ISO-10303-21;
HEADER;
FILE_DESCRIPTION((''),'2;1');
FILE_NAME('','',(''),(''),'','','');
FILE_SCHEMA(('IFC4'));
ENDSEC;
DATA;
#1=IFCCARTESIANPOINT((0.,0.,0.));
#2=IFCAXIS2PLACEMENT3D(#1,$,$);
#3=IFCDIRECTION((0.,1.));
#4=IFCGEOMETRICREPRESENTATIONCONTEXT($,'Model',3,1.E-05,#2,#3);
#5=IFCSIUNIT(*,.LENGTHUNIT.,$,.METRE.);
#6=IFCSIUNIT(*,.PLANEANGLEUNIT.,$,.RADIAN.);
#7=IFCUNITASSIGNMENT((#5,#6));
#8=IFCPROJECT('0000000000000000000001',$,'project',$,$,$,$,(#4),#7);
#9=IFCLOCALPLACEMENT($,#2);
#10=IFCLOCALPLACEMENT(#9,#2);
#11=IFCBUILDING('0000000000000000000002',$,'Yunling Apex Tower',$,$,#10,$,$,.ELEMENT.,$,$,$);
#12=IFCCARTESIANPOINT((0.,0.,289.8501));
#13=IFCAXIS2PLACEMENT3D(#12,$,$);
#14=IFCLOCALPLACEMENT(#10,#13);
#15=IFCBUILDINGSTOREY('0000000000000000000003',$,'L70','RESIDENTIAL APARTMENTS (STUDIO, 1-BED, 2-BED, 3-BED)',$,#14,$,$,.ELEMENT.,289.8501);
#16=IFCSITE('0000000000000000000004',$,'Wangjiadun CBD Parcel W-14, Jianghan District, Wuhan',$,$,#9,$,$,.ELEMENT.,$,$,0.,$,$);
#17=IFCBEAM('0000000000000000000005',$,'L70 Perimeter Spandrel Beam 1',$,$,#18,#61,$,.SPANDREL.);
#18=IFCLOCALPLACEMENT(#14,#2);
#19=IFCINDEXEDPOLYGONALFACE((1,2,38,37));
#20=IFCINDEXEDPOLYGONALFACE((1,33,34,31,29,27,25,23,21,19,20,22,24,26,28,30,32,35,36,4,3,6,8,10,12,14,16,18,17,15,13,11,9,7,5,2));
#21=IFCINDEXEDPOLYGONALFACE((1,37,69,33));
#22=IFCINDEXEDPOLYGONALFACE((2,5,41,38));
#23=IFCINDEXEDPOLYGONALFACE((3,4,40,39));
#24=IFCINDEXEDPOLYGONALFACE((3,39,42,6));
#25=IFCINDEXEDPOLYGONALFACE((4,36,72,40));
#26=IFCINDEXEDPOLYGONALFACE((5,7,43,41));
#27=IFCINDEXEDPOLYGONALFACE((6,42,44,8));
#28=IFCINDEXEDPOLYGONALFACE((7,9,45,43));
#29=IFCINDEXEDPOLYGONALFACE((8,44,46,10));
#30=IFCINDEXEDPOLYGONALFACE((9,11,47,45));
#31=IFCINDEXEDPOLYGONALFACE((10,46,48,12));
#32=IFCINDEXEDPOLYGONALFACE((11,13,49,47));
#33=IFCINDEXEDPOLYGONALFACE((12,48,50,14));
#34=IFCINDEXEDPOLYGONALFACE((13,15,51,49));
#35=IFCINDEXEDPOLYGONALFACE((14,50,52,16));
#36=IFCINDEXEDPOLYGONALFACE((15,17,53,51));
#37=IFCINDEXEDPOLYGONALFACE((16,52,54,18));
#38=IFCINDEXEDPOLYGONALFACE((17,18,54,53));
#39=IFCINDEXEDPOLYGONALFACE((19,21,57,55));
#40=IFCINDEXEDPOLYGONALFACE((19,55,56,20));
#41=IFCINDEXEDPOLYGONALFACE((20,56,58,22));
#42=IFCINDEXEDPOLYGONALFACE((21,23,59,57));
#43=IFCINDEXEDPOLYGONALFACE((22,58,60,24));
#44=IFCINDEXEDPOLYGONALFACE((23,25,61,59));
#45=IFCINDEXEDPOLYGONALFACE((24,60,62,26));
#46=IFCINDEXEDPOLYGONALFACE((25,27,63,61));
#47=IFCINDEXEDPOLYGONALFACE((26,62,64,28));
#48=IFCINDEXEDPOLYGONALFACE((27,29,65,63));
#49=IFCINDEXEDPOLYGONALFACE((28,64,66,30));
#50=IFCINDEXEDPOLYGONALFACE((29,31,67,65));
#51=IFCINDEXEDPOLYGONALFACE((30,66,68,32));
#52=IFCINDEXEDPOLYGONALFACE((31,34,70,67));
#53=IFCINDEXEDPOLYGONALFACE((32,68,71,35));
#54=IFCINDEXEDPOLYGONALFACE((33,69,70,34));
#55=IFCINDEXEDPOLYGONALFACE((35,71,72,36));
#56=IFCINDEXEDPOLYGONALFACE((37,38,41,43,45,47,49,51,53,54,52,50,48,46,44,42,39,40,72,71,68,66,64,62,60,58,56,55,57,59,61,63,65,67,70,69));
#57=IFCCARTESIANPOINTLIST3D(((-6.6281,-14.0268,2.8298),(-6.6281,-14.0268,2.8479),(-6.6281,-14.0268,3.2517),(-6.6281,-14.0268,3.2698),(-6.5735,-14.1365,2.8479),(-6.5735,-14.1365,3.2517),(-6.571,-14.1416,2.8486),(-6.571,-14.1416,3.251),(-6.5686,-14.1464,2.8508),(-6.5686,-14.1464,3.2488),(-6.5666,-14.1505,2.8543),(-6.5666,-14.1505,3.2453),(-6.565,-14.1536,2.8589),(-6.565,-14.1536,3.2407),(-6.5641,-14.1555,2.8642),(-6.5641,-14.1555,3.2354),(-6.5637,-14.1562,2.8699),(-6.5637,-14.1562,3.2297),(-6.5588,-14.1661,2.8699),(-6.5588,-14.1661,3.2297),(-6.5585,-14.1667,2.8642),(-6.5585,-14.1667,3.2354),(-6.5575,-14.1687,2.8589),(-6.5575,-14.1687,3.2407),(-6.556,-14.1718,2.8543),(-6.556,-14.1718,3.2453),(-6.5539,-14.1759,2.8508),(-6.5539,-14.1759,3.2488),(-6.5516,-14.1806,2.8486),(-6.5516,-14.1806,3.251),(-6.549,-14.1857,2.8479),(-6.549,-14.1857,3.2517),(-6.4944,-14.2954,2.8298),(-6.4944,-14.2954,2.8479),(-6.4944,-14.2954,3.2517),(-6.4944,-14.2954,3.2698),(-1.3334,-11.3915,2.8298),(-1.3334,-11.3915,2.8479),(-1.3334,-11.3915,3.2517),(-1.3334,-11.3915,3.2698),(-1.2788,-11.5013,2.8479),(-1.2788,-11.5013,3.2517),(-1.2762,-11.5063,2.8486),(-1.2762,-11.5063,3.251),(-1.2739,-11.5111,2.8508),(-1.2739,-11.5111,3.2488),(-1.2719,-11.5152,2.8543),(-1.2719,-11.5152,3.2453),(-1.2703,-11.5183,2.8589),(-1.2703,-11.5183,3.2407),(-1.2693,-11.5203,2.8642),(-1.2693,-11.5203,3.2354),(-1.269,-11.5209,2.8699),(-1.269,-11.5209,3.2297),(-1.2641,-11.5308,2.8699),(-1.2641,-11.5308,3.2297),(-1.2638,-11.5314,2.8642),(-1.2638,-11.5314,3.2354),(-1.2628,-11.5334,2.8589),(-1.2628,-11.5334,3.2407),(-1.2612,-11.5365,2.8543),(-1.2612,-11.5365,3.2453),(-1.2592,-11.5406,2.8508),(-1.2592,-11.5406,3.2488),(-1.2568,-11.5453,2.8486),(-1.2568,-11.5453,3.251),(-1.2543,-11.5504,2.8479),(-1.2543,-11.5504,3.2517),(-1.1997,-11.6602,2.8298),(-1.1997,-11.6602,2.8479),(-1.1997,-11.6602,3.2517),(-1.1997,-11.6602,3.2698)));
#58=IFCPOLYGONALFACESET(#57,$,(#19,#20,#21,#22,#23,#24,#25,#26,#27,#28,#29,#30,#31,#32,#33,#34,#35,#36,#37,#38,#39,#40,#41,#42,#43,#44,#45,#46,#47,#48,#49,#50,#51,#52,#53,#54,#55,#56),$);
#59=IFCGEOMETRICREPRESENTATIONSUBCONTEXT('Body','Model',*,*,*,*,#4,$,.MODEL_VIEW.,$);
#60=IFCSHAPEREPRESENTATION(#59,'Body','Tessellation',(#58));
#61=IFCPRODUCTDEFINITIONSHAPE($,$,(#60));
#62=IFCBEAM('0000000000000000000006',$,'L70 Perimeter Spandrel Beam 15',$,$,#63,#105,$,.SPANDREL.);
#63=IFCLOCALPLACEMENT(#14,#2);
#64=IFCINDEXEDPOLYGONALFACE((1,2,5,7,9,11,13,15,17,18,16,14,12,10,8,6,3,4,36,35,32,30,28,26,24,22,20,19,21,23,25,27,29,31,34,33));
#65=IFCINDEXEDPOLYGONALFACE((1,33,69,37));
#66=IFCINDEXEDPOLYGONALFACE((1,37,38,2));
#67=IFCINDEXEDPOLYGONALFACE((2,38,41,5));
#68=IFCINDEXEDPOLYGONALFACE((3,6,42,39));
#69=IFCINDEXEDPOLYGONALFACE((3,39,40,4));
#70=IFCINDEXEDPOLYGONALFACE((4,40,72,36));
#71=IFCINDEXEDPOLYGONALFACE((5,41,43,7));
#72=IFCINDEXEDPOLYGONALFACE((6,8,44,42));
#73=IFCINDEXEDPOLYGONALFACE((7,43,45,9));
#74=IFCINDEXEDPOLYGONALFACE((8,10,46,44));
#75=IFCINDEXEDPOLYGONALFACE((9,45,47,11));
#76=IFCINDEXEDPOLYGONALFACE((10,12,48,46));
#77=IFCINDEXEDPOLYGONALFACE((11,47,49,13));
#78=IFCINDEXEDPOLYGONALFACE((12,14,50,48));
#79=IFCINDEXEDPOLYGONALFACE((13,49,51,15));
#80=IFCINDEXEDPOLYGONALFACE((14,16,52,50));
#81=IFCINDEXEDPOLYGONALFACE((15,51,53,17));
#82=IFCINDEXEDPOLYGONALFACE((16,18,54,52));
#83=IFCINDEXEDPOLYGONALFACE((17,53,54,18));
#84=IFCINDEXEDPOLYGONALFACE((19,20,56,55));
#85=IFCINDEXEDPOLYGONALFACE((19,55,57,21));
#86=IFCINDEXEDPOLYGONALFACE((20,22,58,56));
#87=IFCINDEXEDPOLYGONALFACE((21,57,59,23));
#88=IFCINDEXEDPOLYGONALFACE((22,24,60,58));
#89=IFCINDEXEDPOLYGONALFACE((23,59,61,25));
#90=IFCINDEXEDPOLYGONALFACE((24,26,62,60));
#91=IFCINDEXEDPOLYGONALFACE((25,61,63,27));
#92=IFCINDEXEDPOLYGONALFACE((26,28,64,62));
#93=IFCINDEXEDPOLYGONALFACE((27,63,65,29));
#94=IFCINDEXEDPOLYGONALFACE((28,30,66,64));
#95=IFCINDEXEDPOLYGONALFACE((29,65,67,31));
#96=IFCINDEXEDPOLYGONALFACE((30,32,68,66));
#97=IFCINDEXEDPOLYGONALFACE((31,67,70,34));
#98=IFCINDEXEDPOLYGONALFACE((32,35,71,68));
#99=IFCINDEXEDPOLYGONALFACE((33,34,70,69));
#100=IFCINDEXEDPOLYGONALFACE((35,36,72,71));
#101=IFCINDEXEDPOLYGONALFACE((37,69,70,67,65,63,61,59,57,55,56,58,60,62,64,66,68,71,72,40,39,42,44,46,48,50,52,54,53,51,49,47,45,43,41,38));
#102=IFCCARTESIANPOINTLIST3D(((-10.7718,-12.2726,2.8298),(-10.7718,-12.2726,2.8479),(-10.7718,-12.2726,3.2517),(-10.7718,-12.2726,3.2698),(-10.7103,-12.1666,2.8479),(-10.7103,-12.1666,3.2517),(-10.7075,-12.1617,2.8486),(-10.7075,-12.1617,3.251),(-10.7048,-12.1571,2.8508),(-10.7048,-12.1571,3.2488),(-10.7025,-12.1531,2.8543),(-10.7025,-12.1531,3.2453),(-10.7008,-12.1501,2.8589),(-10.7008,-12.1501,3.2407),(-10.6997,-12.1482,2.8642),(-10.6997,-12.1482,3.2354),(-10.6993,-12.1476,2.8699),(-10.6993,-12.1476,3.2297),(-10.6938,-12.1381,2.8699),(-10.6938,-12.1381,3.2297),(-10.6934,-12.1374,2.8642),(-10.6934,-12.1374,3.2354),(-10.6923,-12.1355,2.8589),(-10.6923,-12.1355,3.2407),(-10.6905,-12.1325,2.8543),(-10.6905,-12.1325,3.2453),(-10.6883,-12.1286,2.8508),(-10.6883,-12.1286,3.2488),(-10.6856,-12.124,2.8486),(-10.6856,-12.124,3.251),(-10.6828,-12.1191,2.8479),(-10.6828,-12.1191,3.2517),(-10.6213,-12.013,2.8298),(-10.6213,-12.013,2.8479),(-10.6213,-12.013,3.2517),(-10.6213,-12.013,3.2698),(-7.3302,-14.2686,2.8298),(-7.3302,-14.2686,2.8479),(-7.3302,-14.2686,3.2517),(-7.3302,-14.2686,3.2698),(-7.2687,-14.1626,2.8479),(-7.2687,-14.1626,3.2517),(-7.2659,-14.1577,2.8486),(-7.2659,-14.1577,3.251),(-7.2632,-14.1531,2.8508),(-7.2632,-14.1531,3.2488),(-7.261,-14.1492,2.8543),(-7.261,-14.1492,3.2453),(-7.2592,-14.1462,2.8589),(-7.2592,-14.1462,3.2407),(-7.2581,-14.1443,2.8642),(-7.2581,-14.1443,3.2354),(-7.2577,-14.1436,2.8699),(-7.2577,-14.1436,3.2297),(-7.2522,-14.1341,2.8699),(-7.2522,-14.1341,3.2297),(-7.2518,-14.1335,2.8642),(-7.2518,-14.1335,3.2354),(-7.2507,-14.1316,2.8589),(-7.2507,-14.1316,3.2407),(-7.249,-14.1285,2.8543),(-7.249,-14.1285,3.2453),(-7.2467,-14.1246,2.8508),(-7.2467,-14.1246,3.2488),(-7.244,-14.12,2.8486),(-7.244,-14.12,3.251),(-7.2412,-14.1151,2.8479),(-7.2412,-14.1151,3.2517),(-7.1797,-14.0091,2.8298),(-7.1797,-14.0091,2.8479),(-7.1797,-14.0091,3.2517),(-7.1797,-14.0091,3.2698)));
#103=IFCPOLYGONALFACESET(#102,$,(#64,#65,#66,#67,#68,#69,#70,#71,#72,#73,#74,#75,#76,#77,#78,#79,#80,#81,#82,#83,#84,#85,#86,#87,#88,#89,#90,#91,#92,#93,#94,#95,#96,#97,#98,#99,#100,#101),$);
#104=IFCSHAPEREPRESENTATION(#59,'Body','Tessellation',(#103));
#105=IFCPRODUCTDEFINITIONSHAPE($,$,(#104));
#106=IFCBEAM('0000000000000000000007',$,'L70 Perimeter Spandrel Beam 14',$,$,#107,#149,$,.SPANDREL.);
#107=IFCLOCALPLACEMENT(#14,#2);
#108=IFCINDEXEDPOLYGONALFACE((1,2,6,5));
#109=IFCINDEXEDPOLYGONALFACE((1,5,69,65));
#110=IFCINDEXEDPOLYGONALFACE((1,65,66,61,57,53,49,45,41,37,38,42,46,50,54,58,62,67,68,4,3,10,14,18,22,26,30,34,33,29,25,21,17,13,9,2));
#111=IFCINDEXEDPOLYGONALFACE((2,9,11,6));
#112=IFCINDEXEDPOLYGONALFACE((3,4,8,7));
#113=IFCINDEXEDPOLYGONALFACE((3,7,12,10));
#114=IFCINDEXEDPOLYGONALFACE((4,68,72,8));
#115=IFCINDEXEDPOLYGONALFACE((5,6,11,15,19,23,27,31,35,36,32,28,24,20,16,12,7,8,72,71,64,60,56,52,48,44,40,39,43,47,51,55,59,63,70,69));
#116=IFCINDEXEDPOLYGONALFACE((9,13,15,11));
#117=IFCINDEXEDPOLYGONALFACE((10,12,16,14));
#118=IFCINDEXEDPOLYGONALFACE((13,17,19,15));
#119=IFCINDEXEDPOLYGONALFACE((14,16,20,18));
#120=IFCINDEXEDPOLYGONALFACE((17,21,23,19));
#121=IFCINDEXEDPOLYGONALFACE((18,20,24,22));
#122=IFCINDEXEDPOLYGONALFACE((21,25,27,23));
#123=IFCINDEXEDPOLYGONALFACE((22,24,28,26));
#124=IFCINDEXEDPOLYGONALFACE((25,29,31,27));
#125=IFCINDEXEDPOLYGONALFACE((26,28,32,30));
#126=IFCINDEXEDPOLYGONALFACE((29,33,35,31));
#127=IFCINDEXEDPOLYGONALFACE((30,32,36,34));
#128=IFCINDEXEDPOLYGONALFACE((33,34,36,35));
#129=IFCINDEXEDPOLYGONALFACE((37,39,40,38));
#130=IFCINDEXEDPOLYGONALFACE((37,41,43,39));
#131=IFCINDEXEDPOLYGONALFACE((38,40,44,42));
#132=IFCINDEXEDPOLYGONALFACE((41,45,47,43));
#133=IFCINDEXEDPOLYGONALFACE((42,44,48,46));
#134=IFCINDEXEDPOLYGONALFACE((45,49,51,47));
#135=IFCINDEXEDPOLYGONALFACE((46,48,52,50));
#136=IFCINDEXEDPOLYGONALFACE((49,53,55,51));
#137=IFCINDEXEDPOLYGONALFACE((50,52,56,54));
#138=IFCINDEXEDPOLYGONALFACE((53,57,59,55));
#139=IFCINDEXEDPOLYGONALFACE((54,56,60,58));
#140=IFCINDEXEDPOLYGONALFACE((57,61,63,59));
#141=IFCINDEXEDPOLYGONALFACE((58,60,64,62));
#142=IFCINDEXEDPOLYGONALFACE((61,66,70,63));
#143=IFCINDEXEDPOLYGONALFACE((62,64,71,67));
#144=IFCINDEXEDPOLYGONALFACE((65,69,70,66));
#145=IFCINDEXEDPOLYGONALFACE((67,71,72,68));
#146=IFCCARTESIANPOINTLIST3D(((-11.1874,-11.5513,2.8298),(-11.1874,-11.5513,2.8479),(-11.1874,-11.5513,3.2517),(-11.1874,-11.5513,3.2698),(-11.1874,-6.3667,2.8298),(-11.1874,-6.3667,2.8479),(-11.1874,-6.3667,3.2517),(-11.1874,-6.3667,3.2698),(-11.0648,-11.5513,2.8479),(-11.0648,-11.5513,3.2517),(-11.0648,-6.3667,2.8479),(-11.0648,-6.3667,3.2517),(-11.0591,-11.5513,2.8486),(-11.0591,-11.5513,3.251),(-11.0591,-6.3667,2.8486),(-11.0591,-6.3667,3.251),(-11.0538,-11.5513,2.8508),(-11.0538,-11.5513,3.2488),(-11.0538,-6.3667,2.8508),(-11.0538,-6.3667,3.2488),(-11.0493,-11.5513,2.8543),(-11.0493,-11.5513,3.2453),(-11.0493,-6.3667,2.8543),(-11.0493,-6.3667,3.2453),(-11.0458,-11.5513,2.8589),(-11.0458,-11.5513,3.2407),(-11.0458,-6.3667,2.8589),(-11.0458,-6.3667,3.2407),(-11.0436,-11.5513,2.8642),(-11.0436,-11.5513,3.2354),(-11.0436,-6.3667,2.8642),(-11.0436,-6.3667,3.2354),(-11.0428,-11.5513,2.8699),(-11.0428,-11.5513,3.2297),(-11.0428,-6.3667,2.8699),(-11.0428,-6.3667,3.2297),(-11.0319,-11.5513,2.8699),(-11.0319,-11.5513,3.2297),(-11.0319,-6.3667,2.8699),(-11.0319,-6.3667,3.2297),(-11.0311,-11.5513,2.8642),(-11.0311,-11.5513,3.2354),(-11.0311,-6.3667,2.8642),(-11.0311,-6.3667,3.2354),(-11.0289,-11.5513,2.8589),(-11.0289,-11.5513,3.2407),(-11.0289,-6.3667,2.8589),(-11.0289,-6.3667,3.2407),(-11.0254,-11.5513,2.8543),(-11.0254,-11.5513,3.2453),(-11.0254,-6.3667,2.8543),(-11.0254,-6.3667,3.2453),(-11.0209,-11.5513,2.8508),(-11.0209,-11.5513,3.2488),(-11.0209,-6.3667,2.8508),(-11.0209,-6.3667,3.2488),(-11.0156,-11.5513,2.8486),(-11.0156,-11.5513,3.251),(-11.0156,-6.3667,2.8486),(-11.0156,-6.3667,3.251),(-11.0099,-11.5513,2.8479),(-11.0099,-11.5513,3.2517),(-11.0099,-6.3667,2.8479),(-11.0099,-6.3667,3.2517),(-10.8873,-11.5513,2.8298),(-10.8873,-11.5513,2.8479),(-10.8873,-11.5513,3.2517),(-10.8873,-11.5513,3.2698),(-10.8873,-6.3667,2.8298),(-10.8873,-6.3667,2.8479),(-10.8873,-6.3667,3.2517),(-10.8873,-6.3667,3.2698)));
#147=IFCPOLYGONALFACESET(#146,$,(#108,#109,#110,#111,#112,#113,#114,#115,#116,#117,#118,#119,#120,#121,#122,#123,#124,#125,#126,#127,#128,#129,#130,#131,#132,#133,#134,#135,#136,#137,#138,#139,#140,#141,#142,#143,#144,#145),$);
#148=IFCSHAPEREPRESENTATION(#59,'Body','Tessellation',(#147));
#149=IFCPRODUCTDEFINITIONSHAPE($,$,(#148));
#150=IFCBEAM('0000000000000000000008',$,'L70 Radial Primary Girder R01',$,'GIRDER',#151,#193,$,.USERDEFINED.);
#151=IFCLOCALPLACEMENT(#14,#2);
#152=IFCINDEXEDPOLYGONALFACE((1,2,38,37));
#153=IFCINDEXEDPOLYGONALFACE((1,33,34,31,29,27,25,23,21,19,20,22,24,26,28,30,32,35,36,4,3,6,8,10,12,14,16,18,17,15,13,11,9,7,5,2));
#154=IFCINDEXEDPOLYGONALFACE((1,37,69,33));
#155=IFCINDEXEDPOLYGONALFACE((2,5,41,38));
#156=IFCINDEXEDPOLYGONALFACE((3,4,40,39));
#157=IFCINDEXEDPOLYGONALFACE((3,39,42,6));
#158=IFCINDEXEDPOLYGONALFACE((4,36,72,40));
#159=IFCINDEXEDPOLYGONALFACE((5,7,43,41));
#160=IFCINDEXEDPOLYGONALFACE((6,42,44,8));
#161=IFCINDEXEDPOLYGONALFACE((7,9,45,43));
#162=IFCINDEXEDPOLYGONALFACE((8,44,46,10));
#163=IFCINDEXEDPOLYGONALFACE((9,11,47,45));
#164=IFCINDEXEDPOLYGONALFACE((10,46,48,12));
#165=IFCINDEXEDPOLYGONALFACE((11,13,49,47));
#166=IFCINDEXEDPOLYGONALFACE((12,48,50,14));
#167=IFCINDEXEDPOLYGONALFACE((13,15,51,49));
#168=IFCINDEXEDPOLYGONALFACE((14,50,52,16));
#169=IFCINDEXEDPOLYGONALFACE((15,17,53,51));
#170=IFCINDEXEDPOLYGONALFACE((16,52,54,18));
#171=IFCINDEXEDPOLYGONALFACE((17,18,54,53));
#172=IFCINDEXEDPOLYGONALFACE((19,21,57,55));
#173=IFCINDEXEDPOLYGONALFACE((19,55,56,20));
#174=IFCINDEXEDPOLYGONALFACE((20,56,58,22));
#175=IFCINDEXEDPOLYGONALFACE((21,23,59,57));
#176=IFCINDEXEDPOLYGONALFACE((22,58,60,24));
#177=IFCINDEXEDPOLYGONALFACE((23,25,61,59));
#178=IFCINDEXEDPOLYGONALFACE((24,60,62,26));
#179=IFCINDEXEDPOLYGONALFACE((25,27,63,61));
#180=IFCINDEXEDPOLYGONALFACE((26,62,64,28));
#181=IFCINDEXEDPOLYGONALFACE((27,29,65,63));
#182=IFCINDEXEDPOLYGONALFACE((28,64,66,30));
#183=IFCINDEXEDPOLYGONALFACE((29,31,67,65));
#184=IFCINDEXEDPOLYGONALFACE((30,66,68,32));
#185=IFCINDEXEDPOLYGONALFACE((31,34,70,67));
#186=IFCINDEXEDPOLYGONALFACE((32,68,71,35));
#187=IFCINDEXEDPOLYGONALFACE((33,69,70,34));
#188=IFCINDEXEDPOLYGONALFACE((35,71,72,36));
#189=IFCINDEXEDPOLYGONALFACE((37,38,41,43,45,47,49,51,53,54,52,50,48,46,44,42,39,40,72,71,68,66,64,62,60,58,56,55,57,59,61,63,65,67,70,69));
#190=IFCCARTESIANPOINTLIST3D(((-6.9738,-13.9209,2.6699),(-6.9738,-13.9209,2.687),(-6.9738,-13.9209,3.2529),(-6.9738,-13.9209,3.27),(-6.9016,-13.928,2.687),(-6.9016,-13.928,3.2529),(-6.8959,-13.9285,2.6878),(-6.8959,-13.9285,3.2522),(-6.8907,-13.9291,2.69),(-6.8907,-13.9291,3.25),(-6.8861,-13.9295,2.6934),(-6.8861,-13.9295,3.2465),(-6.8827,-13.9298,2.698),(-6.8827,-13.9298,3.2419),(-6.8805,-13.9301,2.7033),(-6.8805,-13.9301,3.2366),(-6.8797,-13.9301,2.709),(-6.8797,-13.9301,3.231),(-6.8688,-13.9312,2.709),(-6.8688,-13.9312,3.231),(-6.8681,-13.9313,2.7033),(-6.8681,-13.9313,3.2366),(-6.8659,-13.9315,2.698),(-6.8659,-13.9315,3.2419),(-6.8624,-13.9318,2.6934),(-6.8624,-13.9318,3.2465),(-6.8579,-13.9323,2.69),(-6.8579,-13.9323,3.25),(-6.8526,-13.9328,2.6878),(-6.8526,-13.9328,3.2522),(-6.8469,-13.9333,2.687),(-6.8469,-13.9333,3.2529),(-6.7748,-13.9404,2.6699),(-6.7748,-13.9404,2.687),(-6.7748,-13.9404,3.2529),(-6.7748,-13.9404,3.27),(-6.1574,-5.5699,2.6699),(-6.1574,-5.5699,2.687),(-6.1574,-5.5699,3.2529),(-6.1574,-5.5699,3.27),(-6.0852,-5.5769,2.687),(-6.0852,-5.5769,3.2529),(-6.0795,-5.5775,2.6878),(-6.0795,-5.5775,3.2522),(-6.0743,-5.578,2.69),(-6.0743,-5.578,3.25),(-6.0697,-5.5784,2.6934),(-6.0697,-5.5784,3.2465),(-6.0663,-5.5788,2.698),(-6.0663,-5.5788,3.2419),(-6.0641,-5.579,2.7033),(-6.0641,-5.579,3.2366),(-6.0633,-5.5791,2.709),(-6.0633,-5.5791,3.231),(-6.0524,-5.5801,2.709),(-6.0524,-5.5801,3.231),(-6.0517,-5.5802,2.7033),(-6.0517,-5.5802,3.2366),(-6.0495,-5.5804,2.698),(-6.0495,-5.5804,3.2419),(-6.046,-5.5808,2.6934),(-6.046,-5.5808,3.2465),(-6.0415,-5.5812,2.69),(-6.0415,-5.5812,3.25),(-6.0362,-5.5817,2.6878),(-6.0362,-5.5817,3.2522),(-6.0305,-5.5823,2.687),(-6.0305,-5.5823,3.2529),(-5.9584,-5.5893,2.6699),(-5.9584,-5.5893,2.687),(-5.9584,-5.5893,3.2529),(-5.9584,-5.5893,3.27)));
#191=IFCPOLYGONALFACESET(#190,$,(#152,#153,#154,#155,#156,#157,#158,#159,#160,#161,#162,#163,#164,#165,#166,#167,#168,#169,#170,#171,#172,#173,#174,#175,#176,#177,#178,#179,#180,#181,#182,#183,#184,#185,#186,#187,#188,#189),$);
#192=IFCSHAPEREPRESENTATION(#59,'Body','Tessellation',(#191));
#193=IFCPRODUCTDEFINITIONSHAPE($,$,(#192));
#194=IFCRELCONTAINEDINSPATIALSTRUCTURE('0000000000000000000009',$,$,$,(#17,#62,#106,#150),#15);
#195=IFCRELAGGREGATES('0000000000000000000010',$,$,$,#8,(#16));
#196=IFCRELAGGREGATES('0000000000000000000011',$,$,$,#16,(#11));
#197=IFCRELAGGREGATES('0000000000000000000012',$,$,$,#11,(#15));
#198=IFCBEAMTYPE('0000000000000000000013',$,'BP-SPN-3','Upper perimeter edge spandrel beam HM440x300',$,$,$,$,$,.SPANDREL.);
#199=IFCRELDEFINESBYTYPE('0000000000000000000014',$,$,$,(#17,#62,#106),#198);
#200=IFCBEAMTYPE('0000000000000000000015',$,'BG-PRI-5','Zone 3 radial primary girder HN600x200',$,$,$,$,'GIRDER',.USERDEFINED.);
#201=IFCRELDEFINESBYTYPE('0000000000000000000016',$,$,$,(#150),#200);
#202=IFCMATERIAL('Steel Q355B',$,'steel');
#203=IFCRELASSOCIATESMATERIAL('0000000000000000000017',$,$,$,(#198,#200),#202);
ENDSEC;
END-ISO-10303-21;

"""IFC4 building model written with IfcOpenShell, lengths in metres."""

from ifc_helpers import new_model, si_unit, direction, frame, origin, origin_2d, place, context, subcontext, project, spatial, i_section, extrude, source, transform, mapped, material, material_profile, profile_set, type_object, element, save


model = new_model("IFC4")

# Units and contexts
model_context = context("Model", 3, precision=1e-05, world=origin(), true_north=direction((0.0, 1.0)))
body_context = subcontext(model_context, "Body", "Model", "MODEL_VIEW")
ifc_project = project(units=[si_unit("LENGTHUNIT", "METRE"), si_unit("PLANEANGLEUNIT", "RADIAN")], contexts=[model_context])

# Site, building, storey
site_placement = place(None, origin())
site = spatial("IfcSite", under=ifc_project, at=site_placement, Name="Wangjiadun CBD Parcel W-14, Jianghan District, Wuhan", CompositionType="ELEMENT", RefElevation=0.0)
building_placement = place(site_placement, origin())
building = spatial("IfcBuilding", under=site, at=building_placement, Name="Yunling Apex Tower", CompositionType="ELEMENT")
storey_placement = place(building_placement, frame((0.0, 0.0, 289.8501)))
storey = spatial("IfcBuildingStorey", under=building, at=storey_placement, Name="L70", Description="RESIDENTIAL APARTMENTS (STUDIO, 1-BED, 2-BED, 3-BED)", CompositionType="ELEMENT", Elevation=289.8501)

# Shared definitions
ifc_material_1 = material(Name="Steel Q355B", Category="steel")

# Beams
ifc_material_profile_1 = material_profile(ifc_material_1, i_section(OverallWidth=0.3, OverallDepth=0.4399, WebThickness=0.011, FlangeThickness=0.0181, FilletRadius=0.022, at=origin_2d()))
ifc_profile_set_1 = profile_set([ifc_material_profile_1], Name="Steel Q355B")
beam_type_1 = type_object("IfcBeamType", Name="BP-SPN-3", Description="Upper perimeter edge spandrel beam HM440x300", PredefinedType="SPANDREL", material=ifc_profile_set_1)
shared_shape_1 = source(origin(), body_context, "Body", "SweptSolid", [
    extrude(i_section(OverallWidth=0.3, OverallDepth=0.4399, WebThickness=0.011, FlangeThickness=0.0181, FilletRadius=0.022, at=origin_2d()), origin(), (0.0, 0.0, 1.0), 5.9143),
])
beam_1_placement = place(storey_placement, frame((-6.5613, -14.1611, 3.0498), z_axis=(0.895243, 0.445578, 0.0), x_axis=(-0.445578, 0.895243, 0.0)))
element("IfcBeam", 1, at=beam_1_placement, inside=storey, type_object=beam_type_1, Name="L70 Perimeter Spandrel Beam 1", PredefinedType="SPANDREL", context=body_context, shape_type="MappedRepresentation", body=[
    mapped(shared_shape_1, transform((0.0, 0.0, 0.0), scale=1.0)),
])
shared_shape_2 = source(origin(), body_context, "Body", "SweptSolid", [
    extrude(i_section(OverallWidth=0.3, OverallDepth=0.4399, WebThickness=0.011, FlangeThickness=0.0181, FilletRadius=0.022, at=origin_2d()), origin(), (0.0, 0.0, 1.0), 3.9785),
])
beam_2_placement = place(storey_placement, frame((-10.6965, -12.1428, 3.0498), z_axis=(0.865038, -0.501706, 0.0), x_axis=(0.501706, 0.865038, 0.0)))
element("IfcBeam", 2, at=beam_2_placement, inside=storey, type_object=beam_type_1, Name="L70 Perimeter Spandrel Beam 15", PredefinedType="SPANDREL", context=body_context, shape_type="MappedRepresentation", body=[
    mapped(shared_shape_2, transform((0.0, 0.0, 0.0), scale=1.0)),
])
shared_shape_3 = source(origin(), body_context, "Body", "SweptSolid", [
    extrude(i_section(OverallWidth=0.3, OverallDepth=0.4399, WebThickness=0.011, FlangeThickness=0.0181, FilletRadius=0.022, at=origin_2d()), origin(), (0.0, 0.0, 1.0), 5.1846),
])
beam_3_placement = place(storey_placement, frame((-11.0374, -6.3667, 3.0498), z_axis=(0.0, -1.0, 0.0), x_axis=(1.0, 0.0, 0.0)))
element("IfcBeam", 3, at=beam_3_placement, inside=storey, type_object=beam_type_1, Name="L70 Perimeter Spandrel Beam 14", PredefinedType="SPANDREL", context=body_context, shape_type="MappedRepresentation", body=[
    mapped(shared_shape_3, transform((0.0, 0.0, 0.0), scale=1.0)),
])
ifc_material_profile_2 = material_profile(ifc_material_1, i_section(OverallWidth=0.2, OverallDepth=0.6001, WebThickness=0.011, FlangeThickness=0.0171, FilletRadius=0.022, at=origin_2d()))
ifc_profile_set_2 = profile_set([ifc_material_profile_2], Name="Steel Q355B")
beam_type_2 = type_object("IfcBeamType", Name="BG-PRI-5", Description="Zone 3 radial primary girder HN600x200", ElementType="GIRDER", PredefinedType="USERDEFINED", material=ifc_profile_set_2)
shared_shape_4 = source(origin(), body_context, "Body", "SweptSolid", [
    extrude(i_section(OverallWidth=0.2, OverallDepth=0.6001, WebThickness=0.011, FlangeThickness=0.0171, FilletRadius=0.022, at=origin_2d()), origin(), (0.0, 0.0, 1.0), 8.3909),
])
beam_4_placement = place(storey_placement, frame((-6.8743, -13.9307, 2.97), z_axis=(0.097297, 0.995255, 0.0), x_axis=(-0.995255, 0.097297, 0.0)))
element("IfcBeam", 4, at=beam_4_placement, inside=storey, type_object=beam_type_2, Name="L70 Radial Primary Girder R01", ObjectType="GIRDER", PredefinedType="USERDEFINED", context=body_context, shape_type="MappedRepresentation", body=[
    mapped(shared_shape_4, transform((0.0, 0.0, 0.0), scale=1.0)),
])

save(model, "model.ifc")
